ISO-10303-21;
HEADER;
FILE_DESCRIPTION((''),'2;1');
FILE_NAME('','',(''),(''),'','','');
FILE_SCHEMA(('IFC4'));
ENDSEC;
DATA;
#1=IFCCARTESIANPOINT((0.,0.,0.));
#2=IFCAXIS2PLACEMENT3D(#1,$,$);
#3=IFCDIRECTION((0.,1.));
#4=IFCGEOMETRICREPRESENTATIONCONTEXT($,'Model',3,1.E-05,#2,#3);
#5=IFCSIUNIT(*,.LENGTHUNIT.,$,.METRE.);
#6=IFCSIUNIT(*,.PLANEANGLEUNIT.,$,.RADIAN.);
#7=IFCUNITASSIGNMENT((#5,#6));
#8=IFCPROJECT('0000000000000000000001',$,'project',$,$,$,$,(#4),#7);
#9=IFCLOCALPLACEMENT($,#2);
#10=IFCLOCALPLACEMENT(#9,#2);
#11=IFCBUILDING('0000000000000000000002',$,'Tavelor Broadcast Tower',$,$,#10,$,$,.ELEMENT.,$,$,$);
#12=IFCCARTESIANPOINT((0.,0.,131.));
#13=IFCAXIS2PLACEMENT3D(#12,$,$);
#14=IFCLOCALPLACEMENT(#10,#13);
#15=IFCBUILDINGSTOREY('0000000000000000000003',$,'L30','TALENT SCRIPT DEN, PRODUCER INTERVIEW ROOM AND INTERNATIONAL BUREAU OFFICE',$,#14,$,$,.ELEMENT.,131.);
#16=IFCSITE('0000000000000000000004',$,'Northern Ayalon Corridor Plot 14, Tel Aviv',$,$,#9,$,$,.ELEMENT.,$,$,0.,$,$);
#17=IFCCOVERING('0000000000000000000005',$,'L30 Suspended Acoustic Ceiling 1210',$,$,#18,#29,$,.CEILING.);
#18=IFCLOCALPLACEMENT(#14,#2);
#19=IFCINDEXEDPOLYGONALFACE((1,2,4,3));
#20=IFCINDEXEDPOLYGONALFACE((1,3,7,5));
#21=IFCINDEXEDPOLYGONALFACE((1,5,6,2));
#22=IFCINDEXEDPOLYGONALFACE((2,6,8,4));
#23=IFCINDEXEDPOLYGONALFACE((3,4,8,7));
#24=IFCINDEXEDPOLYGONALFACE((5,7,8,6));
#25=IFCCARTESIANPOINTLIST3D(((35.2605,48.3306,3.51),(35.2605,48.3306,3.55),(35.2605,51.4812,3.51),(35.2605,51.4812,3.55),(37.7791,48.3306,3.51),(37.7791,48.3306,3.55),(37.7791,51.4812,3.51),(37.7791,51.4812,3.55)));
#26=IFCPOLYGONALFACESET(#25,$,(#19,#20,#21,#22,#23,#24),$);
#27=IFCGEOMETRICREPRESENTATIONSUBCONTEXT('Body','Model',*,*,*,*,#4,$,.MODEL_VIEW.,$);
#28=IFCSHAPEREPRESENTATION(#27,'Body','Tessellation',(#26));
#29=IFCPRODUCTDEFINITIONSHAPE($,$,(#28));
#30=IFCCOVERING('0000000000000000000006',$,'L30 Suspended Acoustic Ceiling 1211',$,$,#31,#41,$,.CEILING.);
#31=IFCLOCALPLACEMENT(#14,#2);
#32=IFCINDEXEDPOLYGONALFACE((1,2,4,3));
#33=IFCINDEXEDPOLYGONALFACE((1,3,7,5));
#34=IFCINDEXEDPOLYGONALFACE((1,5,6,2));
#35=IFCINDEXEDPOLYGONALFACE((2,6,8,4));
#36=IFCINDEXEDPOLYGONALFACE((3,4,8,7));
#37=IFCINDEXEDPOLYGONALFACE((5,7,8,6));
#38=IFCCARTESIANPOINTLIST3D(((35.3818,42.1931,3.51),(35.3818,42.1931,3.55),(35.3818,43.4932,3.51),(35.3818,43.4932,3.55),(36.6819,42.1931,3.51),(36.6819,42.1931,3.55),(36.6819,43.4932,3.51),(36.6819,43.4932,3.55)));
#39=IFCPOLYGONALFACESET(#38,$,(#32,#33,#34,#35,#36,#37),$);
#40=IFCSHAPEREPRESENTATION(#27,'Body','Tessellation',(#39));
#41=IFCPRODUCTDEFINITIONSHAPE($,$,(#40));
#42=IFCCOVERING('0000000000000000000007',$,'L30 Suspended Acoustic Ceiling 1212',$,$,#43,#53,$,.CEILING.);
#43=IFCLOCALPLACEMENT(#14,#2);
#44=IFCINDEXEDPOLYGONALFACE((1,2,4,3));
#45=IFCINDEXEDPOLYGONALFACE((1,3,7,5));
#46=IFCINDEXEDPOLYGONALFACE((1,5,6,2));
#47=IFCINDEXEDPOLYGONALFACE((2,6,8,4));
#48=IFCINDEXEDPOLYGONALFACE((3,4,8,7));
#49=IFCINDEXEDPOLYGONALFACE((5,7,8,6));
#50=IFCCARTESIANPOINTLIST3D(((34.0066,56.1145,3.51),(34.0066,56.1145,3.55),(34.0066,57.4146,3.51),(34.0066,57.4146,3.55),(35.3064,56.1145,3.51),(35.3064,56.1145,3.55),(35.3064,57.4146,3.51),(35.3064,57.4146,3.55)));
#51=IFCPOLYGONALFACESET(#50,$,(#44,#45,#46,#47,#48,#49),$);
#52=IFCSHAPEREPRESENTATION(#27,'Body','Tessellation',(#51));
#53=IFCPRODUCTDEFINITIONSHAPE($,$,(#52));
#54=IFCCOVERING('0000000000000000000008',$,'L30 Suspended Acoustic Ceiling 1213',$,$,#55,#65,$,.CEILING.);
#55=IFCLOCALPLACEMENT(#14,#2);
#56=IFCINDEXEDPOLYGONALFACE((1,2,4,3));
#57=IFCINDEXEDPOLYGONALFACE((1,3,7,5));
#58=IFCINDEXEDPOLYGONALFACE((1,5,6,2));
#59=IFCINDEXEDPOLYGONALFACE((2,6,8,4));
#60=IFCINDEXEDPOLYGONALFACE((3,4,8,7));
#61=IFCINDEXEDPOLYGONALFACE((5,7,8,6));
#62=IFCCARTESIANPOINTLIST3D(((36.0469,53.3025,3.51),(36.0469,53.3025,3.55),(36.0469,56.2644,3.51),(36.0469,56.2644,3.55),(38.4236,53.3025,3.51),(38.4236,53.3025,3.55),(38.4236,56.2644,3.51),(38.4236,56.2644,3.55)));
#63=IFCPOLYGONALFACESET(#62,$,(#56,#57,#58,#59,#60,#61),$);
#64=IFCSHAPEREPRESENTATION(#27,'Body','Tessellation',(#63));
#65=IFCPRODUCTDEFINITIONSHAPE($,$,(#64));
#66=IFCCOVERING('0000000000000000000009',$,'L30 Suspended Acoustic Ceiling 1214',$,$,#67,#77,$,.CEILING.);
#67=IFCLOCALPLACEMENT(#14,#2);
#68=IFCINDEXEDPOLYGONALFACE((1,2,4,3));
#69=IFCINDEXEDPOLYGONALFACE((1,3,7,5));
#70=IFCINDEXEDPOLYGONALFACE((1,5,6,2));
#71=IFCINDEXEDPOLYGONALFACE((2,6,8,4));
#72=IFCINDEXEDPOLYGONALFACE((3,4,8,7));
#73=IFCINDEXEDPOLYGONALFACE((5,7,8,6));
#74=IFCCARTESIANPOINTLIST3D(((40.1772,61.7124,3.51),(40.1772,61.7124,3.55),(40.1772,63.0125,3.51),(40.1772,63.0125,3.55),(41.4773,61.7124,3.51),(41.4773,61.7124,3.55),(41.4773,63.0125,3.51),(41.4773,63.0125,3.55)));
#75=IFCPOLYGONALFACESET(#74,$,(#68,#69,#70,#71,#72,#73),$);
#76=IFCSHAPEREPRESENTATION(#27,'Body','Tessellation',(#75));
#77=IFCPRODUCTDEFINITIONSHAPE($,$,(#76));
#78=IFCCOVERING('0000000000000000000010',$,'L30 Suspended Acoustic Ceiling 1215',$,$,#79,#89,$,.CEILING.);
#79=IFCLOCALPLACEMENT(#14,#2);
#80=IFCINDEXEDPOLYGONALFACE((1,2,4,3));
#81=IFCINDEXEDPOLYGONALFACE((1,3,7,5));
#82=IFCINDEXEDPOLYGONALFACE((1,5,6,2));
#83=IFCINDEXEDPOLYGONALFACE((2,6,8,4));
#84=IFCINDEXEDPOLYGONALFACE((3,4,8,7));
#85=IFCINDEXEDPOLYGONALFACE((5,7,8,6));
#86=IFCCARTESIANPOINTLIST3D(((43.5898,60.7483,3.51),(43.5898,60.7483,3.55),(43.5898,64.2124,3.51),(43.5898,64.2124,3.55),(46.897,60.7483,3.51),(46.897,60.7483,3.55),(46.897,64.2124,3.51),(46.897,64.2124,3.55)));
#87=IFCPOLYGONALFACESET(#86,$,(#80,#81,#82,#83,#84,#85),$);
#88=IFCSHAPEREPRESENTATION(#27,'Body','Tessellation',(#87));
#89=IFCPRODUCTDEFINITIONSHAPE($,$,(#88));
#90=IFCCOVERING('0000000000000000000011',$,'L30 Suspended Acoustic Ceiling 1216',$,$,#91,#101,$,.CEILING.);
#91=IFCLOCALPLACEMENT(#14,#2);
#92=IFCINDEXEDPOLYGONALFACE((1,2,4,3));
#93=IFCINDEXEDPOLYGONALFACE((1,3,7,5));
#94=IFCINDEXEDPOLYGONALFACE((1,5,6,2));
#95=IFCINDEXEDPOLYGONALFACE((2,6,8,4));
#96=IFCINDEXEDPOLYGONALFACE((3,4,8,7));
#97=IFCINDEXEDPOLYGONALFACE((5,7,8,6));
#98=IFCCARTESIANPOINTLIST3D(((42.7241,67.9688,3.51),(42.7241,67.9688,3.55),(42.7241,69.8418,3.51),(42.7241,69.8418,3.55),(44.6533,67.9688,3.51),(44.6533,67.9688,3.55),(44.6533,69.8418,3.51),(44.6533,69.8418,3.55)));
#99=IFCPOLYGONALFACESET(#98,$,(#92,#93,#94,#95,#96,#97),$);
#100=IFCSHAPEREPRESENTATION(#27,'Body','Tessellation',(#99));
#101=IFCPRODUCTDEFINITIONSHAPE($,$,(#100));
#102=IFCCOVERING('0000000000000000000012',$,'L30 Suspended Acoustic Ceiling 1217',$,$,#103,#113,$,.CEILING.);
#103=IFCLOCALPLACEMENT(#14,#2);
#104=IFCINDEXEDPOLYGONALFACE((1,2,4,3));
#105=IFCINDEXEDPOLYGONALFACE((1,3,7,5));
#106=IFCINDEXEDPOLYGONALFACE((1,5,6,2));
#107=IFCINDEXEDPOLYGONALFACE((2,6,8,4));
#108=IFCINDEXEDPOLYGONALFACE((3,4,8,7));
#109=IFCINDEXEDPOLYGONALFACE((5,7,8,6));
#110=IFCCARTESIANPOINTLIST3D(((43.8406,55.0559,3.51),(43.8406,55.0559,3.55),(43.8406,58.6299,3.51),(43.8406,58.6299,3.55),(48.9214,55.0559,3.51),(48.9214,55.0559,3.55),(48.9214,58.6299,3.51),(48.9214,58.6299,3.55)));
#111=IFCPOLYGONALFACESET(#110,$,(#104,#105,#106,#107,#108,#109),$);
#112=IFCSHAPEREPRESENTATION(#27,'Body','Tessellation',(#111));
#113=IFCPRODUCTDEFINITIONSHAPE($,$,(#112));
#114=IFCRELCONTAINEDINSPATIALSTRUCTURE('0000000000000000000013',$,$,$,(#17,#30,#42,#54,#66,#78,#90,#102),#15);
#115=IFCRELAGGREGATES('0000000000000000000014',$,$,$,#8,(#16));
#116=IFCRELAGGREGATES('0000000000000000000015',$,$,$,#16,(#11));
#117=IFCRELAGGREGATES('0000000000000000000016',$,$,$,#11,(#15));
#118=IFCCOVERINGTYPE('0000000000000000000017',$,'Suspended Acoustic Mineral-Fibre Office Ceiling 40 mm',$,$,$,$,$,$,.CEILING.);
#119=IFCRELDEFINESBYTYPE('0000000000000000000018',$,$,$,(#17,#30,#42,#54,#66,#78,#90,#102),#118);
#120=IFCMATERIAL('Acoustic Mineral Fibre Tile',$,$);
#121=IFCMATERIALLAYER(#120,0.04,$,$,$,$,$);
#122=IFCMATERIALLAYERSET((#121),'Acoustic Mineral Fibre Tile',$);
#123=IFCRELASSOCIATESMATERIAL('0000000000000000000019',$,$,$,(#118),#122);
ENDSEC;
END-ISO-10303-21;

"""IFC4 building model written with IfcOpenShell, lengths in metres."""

from ifc_helpers import new_model, si_unit, direction, frame, origin, place, context, subcontext, project, spatial, polyline, outline, extrude, material, layer, layer_set, type_object, element, save


model = new_model("IFC4")

# Units and contexts
model_context = context("Model", 3, precision=1e-05, world=origin(), true_north=direction((0.0, 1.0)))
body_context = subcontext(model_context, "Body", "Model", "MODEL_VIEW")
ifc_project = project(units=[si_unit("LENGTHUNIT", "METRE"), si_unit("PLANEANGLEUNIT", "RADIAN")], contexts=[model_context])

# Site, building, storey
site_placement = place(None, origin())
site = spatial("IfcSite", under=ifc_project, at=site_placement, Name="Northern Ayalon Corridor Plot 14, Tel Aviv", CompositionType="ELEMENT", RefElevation=0.0)
building_placement = place(site_placement, origin())
building = spatial("IfcBuilding", under=site, at=building_placement, Name="Tavelor Broadcast Tower", CompositionType="ELEMENT")
storey_placement = place(building_placement, frame((0.0, 0.0, 131.0)))
storey = spatial("IfcBuildingStorey", under=building, at=storey_placement, Name="L30", Description="TALENT SCRIPT DEN, PRODUCER INTERVIEW ROOM AND INTERNATIONAL BUREAU OFFICE", CompositionType="ELEMENT", Elevation=131.0)

# Coverings
ifc_material_1 = material(Name="Acoustic Mineral Fibre Tile")
ifc_layer_1 = layer(ifc_material_1, 0.04)
ifc_layer_set_1 = layer_set([ifc_layer_1], Name="Acoustic Mineral Fibre Tile")
covering_type_1 = type_object("IfcCoveringType", Name="Suspended Acoustic Mineral-Fibre Office Ceiling 40 mm", PredefinedType="CEILING", material=ifc_layer_set_1)
covering_1_placement = place(storey_placement, frame((0.0, 0.0, 3.51)))
element("IfcCovering", 1, at=covering_1_placement, inside=storey, type_object=covering_type_1, Name="L30 Suspended Acoustic Ceiling 1210", PredefinedType="CEILING", context=body_context, shape_type="SweptSolid", body=[
    extrude(outline(polyline([(35.2605, 48.3306), (37.7791, 48.3306), (37.7791, 51.4812), (35.2605, 51.4812), (35.2605, 48.3306)])), origin(), (0.0, 0.0, 1.0), 0.04),
])
covering_2_placement = place(storey_placement, frame((0.0, 0.0, 3.51)))
element("IfcCovering", 2, at=covering_2_placement, inside=storey, type_object=covering_type_1, Name="L30 Suspended Acoustic Ceiling 1211", PredefinedType="CEILING", context=body_context, shape_type="SweptSolid", body=[
    extrude(outline(polyline([(35.3818, 42.1931), (36.6819, 42.1931), (36.6819, 43.4932), (35.3818, 43.4932), (35.3818, 42.1931)])), origin(), (0.0, 0.0, 1.0), 0.04),
])
covering_3_placement = place(storey_placement, frame((0.0, 0.0, 3.51)))
element("IfcCovering", 3, at=covering_3_placement, inside=storey, type_object=covering_type_1, Name="L30 Suspended Acoustic Ceiling 1212", PredefinedType="CEILING", context=body_context, shape_type="SweptSolid", body=[
    extrude(outline(polyline([(34.0066, 56.1145), (35.3064, 56.1145), (35.3064, 57.4146), (34.0066, 57.4146), (34.0066, 56.1145)])), origin(), (0.0, 0.0, 1.0), 0.04),
])
covering_4_placement = place(storey_placement, frame((0.0, 0.0, 3.51)))
element("IfcCovering", 4, at=covering_4_placement, inside=storey, type_object=covering_type_1, Name="L30 Suspended Acoustic Ceiling 1213", PredefinedType="CEILING", context=body_context, shape_type="SweptSolid", body=[
    extrude(outline(polyline([(36.0469, 53.3025), (38.4236, 53.3025), (38.4236, 56.2644), (36.0469, 56.2644), (36.0469, 53.3025)])), origin(), (0.0, 0.0, 1.0), 0.04),
])
covering_5_placement = place(storey_placement, frame((0.0, 0.0, 3.51)))
element("IfcCovering", 5, at=covering_5_placement, inside=storey, type_object=covering_type_1, Name="L30 Suspended Acoustic Ceiling 1214", PredefinedType="CEILING", context=body_context, shape_type="SweptSolid", body=[
    extrude(outline(polyline([(40.1772, 61.7124), (41.4773, 61.7124), (41.4773, 63.0125), (40.1772, 63.0125), (40.1772, 61.7124)])), origin(), (0.0, 0.0, 1.0), 0.04),
])
covering_6_placement = place(storey_placement, frame((0.0, 0.0, 3.51)))
element("IfcCovering", 6, at=covering_6_placement, inside=storey, type_object=covering_type_1, Name="L30 Suspended Acoustic Ceiling 1215", PredefinedType="CEILING", context=body_context, shape_type="SweptSolid", body=[
    extrude(outline(polyline([(43.5898, 60.7483), (46.897, 60.7483), (46.897, 64.2124), (43.5898, 64.2124), (43.5898, 60.7483)])), origin(), (0.0, 0.0, 1.0), 0.04),
])
covering_7_placement = place(storey_placement, frame((0.0, 0.0, 3.51)))
element("IfcCovering", 7, at=covering_7_placement, inside=storey, type_object=covering_type_1, Name="L30 Suspended Acoustic Ceiling 1216", PredefinedType="CEILING", context=body_context, shape_type="SweptSolid", body=[
    extrude(outline(polyline([(42.7241, 67.9688), (44.6533, 67.9688), (44.6533, 69.8418), (42.7241, 69.8418), (42.7241, 67.9688)])), origin(), (0.0, 0.0, 1.0), 0.04),
])
covering_8_placement = place(storey_placement, frame((0.0, 0.0, 3.51)))
element("IfcCovering", 8, at=covering_8_placement, inside=storey, type_object=covering_type_1, Name="L30 Suspended Acoustic Ceiling 1217", PredefinedType="CEILING", context=body_context, shape_type="SweptSolid", body=[
    extrude(outline(polyline([(43.8406, 55.0559), (48.9214, 55.0559), (48.9214, 58.6299), (43.8406, 58.6299), (43.8406, 55.0559)])), origin(), (0.0, 0.0, 1.0), 0.04),
])

save(model, "model.ifc")
